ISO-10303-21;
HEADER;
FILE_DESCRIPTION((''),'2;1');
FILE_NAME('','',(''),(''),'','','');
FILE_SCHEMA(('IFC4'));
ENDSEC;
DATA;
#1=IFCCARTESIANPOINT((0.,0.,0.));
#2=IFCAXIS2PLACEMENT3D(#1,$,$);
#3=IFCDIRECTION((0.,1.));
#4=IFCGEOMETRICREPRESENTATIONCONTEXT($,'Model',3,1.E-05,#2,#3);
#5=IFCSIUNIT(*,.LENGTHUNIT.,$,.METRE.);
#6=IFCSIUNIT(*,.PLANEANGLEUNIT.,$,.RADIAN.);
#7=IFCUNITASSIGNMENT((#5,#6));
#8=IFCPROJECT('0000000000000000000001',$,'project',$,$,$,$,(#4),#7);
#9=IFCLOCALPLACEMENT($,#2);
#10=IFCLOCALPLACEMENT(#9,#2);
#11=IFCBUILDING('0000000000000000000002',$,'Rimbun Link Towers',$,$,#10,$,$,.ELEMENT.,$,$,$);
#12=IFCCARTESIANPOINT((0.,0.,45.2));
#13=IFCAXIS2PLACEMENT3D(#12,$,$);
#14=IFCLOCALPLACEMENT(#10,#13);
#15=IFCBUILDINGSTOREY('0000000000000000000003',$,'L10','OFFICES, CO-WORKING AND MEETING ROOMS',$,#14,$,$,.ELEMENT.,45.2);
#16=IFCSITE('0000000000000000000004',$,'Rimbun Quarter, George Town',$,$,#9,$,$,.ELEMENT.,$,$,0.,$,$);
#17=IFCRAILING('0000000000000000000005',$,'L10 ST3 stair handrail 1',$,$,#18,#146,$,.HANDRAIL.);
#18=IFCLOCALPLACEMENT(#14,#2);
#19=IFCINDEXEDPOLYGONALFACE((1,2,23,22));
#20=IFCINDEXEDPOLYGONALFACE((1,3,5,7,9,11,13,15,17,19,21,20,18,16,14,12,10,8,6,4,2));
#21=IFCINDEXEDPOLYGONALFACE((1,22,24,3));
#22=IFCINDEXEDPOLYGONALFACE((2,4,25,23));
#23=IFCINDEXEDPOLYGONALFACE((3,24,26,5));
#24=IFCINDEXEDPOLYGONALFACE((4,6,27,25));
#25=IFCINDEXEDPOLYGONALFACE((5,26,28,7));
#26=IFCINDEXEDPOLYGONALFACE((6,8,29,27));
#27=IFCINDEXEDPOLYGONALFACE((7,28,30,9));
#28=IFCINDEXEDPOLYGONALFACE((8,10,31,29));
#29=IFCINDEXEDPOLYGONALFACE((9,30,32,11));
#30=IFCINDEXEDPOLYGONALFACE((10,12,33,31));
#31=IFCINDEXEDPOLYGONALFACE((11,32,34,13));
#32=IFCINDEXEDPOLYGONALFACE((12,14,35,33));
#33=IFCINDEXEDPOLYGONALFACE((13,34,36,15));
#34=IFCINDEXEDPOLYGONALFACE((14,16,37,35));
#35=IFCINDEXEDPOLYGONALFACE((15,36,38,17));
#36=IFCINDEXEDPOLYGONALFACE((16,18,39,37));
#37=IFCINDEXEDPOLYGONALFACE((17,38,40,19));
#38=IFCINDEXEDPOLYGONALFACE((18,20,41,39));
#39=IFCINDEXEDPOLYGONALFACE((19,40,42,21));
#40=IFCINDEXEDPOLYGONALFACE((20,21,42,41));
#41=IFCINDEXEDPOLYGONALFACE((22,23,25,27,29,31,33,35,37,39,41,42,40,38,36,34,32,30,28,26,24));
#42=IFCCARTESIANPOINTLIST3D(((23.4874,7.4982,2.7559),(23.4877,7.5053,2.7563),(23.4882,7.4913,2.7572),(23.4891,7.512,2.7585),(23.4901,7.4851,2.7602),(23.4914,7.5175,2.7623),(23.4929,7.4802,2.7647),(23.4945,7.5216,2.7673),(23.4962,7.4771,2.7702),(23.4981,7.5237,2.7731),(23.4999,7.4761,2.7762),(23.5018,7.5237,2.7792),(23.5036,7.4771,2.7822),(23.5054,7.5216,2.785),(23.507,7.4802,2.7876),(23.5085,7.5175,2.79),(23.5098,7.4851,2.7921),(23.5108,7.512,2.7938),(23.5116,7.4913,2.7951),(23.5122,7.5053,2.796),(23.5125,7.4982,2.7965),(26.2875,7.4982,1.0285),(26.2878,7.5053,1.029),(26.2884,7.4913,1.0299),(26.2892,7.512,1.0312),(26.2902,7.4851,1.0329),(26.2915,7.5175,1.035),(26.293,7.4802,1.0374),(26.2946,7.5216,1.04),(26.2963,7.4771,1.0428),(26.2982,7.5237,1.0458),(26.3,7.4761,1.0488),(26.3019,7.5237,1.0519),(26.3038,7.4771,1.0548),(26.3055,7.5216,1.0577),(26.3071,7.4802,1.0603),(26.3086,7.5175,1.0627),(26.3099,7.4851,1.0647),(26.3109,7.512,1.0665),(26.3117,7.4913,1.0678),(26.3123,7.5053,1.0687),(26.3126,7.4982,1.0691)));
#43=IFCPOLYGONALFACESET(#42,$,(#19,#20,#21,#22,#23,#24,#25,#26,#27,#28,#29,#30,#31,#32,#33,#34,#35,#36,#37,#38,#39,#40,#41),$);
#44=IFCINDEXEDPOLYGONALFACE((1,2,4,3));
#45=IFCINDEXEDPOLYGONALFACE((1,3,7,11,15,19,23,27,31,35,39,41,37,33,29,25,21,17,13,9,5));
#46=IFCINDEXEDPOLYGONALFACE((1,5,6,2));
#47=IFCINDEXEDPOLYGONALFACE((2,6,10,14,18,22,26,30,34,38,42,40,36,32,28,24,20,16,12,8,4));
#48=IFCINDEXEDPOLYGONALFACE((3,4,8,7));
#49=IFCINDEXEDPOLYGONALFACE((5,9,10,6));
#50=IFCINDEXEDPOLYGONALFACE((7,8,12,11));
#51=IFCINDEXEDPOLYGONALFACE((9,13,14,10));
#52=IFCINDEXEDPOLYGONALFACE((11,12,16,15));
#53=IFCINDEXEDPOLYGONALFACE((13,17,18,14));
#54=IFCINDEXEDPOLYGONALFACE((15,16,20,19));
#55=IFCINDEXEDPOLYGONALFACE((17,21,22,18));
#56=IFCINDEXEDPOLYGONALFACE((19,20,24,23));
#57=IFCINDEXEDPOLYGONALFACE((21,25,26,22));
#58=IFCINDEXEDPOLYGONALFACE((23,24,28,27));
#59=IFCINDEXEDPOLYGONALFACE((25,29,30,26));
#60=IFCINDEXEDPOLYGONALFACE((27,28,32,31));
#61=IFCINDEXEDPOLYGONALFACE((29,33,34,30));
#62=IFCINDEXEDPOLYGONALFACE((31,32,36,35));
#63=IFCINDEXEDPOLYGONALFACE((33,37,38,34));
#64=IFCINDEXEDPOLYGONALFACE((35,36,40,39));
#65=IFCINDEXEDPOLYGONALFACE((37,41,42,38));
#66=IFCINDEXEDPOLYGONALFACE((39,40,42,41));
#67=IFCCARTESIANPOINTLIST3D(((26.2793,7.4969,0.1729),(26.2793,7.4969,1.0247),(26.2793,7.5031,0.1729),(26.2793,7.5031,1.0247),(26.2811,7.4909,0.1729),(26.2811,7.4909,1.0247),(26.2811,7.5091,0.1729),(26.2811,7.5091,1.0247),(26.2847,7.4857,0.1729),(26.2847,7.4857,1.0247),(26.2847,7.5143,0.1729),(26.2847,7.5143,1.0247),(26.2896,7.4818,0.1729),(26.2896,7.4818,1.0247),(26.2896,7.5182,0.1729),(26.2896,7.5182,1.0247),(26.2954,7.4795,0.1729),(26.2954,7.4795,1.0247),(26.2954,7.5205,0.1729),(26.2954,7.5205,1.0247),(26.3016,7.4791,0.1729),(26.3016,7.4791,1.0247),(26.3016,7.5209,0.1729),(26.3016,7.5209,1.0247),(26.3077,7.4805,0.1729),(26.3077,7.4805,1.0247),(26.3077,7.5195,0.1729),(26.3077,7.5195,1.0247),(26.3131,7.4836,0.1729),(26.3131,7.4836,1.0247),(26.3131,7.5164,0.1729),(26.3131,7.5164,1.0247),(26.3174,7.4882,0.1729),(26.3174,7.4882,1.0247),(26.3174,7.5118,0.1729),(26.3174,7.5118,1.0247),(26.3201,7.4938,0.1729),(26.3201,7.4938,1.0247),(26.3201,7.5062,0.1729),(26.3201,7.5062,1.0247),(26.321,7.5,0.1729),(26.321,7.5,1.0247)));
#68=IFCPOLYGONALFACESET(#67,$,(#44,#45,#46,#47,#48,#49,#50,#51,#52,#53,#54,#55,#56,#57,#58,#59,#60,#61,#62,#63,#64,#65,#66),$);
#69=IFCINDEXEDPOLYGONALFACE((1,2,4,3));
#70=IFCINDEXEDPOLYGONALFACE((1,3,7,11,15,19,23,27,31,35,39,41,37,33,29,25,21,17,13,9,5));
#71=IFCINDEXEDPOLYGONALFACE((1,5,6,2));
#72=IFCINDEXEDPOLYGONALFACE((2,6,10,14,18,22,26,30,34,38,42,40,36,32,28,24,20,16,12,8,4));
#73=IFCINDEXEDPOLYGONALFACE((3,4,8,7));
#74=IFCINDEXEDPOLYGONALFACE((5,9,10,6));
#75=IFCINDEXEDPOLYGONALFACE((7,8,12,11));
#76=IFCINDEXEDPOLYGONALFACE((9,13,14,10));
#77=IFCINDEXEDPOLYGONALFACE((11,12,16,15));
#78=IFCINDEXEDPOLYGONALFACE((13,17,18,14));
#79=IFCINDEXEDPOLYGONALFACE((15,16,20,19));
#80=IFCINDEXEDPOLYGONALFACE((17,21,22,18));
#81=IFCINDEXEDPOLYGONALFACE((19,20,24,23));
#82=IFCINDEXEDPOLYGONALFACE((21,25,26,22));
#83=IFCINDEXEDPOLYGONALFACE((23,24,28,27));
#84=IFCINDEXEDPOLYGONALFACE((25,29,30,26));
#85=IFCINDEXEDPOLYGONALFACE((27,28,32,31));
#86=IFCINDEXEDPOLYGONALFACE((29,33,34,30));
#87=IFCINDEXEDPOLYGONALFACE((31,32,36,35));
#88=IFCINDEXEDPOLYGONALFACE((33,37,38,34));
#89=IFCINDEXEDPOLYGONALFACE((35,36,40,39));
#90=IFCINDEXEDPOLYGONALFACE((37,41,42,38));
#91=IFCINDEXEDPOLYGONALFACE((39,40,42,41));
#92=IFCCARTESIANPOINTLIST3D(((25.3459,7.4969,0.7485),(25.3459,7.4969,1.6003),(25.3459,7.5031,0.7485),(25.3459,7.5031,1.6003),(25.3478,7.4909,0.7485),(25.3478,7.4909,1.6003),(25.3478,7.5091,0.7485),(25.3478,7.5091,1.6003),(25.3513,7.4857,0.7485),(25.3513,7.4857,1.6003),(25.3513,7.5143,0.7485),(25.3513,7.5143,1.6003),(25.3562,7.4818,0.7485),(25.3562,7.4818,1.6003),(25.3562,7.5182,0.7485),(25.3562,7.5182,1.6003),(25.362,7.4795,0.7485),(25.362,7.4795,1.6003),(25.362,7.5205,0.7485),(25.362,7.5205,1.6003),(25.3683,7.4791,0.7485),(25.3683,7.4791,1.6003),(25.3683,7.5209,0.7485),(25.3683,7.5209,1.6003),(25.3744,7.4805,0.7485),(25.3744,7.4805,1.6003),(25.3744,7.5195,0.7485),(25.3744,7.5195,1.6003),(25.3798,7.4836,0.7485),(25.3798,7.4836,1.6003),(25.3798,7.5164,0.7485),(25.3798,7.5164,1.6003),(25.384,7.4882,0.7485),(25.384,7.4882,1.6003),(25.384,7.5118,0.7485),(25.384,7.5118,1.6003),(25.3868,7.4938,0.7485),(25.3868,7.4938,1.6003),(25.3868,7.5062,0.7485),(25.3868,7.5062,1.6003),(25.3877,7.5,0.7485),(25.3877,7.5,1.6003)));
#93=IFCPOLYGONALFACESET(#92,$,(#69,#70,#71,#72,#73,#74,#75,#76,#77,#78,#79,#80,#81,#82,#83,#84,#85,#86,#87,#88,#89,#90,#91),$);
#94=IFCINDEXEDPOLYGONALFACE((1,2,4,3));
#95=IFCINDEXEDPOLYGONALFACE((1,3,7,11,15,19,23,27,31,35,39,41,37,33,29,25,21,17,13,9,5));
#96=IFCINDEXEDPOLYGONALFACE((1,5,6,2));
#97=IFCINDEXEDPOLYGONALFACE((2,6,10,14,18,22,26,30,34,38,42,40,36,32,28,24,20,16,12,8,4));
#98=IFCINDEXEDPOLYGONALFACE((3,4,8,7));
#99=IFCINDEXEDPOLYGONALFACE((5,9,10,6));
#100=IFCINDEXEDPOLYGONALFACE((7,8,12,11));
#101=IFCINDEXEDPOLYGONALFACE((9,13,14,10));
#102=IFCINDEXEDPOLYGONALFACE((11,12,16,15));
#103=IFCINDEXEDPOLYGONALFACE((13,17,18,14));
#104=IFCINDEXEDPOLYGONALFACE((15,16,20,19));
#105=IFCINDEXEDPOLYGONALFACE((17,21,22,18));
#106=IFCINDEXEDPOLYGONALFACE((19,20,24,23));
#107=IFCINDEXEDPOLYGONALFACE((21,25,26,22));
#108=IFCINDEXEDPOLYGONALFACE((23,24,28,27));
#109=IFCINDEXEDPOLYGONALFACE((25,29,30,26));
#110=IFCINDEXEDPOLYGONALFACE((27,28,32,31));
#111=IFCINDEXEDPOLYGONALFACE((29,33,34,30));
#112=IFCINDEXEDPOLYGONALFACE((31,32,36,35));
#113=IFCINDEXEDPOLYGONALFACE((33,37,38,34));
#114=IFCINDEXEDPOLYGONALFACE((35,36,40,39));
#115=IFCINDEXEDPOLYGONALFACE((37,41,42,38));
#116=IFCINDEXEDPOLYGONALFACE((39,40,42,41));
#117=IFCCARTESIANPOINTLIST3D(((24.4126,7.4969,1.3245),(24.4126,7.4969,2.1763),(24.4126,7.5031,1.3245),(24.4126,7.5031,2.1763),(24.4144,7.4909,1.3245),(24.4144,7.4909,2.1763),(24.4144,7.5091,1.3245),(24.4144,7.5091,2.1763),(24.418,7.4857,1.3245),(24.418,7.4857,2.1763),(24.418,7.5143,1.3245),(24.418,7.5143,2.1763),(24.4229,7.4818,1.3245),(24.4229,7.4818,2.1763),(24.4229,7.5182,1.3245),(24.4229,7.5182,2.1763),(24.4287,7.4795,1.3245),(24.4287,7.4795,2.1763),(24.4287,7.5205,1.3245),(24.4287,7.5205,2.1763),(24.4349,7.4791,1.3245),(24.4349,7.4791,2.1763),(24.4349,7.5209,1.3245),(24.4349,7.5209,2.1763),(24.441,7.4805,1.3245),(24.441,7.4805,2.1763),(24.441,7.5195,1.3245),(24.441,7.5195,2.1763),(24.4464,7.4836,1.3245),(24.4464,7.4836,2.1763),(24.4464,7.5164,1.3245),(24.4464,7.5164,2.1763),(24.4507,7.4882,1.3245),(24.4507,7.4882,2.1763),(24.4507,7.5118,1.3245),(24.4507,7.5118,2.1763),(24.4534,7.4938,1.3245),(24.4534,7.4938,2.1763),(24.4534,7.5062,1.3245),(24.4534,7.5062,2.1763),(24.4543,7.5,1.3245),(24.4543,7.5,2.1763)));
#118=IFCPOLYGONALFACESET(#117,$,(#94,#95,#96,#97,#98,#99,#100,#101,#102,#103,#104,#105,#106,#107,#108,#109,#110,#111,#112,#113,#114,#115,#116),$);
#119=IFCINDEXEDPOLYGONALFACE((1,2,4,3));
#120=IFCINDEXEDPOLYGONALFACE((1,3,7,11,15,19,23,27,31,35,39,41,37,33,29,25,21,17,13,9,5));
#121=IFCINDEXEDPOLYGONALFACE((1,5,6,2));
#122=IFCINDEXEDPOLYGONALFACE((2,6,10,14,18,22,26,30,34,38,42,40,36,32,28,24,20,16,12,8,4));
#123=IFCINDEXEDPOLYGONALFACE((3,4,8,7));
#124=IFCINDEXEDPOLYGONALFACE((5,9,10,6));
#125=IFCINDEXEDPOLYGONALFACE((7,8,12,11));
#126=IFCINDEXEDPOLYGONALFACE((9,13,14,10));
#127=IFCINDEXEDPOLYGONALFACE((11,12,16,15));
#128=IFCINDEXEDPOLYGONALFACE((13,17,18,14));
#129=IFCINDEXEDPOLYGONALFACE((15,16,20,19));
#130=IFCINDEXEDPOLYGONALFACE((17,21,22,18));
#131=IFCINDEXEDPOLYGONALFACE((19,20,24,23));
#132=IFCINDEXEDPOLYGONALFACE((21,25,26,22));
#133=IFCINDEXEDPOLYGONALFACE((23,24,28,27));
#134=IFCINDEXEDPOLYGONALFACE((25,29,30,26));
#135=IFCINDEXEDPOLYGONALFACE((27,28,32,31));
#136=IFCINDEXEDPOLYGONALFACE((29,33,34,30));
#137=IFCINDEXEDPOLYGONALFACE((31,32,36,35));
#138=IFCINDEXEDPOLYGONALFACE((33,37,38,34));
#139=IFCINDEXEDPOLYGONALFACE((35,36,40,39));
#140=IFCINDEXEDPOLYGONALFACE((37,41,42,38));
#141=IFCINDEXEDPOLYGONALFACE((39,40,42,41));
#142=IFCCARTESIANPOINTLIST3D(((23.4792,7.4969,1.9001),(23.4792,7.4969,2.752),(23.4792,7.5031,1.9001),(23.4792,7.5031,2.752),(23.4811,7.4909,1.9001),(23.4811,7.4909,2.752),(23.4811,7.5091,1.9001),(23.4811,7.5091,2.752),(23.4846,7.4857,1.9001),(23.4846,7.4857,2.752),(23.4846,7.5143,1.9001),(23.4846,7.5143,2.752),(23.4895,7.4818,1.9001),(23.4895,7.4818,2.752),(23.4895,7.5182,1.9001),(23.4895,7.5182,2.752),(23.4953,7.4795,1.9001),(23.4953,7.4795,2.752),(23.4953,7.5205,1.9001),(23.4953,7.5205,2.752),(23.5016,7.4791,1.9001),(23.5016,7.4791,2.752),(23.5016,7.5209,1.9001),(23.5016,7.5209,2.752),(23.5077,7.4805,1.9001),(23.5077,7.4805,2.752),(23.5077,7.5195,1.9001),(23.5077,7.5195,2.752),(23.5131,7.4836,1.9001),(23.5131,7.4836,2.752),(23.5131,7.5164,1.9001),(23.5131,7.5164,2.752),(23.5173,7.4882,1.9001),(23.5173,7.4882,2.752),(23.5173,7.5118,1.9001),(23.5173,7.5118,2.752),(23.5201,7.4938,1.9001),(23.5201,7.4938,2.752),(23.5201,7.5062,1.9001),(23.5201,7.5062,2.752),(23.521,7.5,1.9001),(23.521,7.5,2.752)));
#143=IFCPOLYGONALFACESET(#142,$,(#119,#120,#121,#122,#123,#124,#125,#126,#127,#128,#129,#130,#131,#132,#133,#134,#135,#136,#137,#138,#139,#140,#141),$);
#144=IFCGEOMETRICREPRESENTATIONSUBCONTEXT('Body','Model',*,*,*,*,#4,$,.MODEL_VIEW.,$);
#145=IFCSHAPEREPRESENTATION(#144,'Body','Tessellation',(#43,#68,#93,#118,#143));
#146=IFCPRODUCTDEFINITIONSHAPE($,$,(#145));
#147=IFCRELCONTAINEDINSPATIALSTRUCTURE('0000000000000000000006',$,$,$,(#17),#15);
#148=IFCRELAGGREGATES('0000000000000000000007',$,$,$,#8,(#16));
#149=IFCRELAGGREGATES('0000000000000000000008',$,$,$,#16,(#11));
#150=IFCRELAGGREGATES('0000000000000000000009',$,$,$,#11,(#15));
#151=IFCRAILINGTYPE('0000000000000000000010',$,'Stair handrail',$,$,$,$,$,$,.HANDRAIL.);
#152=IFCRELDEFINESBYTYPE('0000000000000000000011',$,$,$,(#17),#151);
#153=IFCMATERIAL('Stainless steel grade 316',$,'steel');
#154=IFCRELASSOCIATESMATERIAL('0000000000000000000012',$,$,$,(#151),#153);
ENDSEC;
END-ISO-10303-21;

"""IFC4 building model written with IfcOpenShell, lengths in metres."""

from ifc_helpers import new_model, si_unit, direction, frame, origin, origin_2d, place, context, subcontext, project, spatial, circle, extrude, material, type_object, element, save


model = new_model("IFC4")

# Units and contexts
model_context = context("Model", 3, precision=1e-05, world=origin(), true_north=direction((0.0, 1.0)))
body_context = subcontext(model_context, "Body", "Model", "MODEL_VIEW")
ifc_project = project(units=[si_unit("LENGTHUNIT", "METRE"), si_unit("PLANEANGLEUNIT", "RADIAN")], contexts=[model_context])

# Site, building, storey
site_placement = place(None, origin())
site = spatial("IfcSite", under=ifc_project, at=site_placement, Name="Rimbun Quarter, George Town", CompositionType="ELEMENT", RefElevation=0.0)
building_placement = place(site_placement, origin())
building = spatial("IfcBuilding", under=site, at=building_placement, Name="Rimbun Link Towers", CompositionType="ELEMENT")
storey_placement = place(building_placement, frame((0.0, 0.0, 45.2)))
storey = spatial("IfcBuildingStorey", under=building, at=storey_placement, Name="L10", Description="OFFICES, CO-WORKING AND MEETING ROOMS", CompositionType="ELEMENT", Elevation=45.2)

# Railing
ifc_material_1 = material(Name="Stainless steel grade 316", Category="steel")
railing_type_1 = type_object("IfcRailingType", Name="Stair handrail", PredefinedType="HANDRAIL", material=ifc_material_1)
railing_1_placement = place(storey_placement, frame((26.3, 7.5, 0.1729)))
element("IfcRailing", 1, at=railing_1_placement, inside=storey, type_object=railing_type_1, Name="L10 ST3 stair handrail 1", PredefinedType="HANDRAIL", context=body_context, shape_type="SweptSolid", body=[
    extrude(circle(Radius=0.0239, at=origin_2d()), frame((0.0, 0.0, 0.876), z_axis=(-0.85109, 0.0, 0.52502), x_axis=(0.0, -1.0, 0.0)), (0.0, 0.0, 1.0), 3.29),
    extrude(circle(Radius=0.021, at=origin_2d()), origin(), (0.0, 0.0, 1.0), 0.8518),
    extrude(circle(Radius=0.021, at=origin_2d()), frame((-0.9333, 0.0, 0.5757)), (0.0, 0.0, 1.0), 0.8518),
    extrude(circle(Radius=0.021, at=origin_2d()), frame((-1.8667, 0.0, 1.1516)), (0.0, 0.0, 1.0), 0.8518),
    extrude(circle(Radius=0.021, at=origin_2d()), frame((-2.8, 0.0, 1.7273)), (0.0, 0.0, 1.0), 0.8518),
])

save(model, "model.ifc")
